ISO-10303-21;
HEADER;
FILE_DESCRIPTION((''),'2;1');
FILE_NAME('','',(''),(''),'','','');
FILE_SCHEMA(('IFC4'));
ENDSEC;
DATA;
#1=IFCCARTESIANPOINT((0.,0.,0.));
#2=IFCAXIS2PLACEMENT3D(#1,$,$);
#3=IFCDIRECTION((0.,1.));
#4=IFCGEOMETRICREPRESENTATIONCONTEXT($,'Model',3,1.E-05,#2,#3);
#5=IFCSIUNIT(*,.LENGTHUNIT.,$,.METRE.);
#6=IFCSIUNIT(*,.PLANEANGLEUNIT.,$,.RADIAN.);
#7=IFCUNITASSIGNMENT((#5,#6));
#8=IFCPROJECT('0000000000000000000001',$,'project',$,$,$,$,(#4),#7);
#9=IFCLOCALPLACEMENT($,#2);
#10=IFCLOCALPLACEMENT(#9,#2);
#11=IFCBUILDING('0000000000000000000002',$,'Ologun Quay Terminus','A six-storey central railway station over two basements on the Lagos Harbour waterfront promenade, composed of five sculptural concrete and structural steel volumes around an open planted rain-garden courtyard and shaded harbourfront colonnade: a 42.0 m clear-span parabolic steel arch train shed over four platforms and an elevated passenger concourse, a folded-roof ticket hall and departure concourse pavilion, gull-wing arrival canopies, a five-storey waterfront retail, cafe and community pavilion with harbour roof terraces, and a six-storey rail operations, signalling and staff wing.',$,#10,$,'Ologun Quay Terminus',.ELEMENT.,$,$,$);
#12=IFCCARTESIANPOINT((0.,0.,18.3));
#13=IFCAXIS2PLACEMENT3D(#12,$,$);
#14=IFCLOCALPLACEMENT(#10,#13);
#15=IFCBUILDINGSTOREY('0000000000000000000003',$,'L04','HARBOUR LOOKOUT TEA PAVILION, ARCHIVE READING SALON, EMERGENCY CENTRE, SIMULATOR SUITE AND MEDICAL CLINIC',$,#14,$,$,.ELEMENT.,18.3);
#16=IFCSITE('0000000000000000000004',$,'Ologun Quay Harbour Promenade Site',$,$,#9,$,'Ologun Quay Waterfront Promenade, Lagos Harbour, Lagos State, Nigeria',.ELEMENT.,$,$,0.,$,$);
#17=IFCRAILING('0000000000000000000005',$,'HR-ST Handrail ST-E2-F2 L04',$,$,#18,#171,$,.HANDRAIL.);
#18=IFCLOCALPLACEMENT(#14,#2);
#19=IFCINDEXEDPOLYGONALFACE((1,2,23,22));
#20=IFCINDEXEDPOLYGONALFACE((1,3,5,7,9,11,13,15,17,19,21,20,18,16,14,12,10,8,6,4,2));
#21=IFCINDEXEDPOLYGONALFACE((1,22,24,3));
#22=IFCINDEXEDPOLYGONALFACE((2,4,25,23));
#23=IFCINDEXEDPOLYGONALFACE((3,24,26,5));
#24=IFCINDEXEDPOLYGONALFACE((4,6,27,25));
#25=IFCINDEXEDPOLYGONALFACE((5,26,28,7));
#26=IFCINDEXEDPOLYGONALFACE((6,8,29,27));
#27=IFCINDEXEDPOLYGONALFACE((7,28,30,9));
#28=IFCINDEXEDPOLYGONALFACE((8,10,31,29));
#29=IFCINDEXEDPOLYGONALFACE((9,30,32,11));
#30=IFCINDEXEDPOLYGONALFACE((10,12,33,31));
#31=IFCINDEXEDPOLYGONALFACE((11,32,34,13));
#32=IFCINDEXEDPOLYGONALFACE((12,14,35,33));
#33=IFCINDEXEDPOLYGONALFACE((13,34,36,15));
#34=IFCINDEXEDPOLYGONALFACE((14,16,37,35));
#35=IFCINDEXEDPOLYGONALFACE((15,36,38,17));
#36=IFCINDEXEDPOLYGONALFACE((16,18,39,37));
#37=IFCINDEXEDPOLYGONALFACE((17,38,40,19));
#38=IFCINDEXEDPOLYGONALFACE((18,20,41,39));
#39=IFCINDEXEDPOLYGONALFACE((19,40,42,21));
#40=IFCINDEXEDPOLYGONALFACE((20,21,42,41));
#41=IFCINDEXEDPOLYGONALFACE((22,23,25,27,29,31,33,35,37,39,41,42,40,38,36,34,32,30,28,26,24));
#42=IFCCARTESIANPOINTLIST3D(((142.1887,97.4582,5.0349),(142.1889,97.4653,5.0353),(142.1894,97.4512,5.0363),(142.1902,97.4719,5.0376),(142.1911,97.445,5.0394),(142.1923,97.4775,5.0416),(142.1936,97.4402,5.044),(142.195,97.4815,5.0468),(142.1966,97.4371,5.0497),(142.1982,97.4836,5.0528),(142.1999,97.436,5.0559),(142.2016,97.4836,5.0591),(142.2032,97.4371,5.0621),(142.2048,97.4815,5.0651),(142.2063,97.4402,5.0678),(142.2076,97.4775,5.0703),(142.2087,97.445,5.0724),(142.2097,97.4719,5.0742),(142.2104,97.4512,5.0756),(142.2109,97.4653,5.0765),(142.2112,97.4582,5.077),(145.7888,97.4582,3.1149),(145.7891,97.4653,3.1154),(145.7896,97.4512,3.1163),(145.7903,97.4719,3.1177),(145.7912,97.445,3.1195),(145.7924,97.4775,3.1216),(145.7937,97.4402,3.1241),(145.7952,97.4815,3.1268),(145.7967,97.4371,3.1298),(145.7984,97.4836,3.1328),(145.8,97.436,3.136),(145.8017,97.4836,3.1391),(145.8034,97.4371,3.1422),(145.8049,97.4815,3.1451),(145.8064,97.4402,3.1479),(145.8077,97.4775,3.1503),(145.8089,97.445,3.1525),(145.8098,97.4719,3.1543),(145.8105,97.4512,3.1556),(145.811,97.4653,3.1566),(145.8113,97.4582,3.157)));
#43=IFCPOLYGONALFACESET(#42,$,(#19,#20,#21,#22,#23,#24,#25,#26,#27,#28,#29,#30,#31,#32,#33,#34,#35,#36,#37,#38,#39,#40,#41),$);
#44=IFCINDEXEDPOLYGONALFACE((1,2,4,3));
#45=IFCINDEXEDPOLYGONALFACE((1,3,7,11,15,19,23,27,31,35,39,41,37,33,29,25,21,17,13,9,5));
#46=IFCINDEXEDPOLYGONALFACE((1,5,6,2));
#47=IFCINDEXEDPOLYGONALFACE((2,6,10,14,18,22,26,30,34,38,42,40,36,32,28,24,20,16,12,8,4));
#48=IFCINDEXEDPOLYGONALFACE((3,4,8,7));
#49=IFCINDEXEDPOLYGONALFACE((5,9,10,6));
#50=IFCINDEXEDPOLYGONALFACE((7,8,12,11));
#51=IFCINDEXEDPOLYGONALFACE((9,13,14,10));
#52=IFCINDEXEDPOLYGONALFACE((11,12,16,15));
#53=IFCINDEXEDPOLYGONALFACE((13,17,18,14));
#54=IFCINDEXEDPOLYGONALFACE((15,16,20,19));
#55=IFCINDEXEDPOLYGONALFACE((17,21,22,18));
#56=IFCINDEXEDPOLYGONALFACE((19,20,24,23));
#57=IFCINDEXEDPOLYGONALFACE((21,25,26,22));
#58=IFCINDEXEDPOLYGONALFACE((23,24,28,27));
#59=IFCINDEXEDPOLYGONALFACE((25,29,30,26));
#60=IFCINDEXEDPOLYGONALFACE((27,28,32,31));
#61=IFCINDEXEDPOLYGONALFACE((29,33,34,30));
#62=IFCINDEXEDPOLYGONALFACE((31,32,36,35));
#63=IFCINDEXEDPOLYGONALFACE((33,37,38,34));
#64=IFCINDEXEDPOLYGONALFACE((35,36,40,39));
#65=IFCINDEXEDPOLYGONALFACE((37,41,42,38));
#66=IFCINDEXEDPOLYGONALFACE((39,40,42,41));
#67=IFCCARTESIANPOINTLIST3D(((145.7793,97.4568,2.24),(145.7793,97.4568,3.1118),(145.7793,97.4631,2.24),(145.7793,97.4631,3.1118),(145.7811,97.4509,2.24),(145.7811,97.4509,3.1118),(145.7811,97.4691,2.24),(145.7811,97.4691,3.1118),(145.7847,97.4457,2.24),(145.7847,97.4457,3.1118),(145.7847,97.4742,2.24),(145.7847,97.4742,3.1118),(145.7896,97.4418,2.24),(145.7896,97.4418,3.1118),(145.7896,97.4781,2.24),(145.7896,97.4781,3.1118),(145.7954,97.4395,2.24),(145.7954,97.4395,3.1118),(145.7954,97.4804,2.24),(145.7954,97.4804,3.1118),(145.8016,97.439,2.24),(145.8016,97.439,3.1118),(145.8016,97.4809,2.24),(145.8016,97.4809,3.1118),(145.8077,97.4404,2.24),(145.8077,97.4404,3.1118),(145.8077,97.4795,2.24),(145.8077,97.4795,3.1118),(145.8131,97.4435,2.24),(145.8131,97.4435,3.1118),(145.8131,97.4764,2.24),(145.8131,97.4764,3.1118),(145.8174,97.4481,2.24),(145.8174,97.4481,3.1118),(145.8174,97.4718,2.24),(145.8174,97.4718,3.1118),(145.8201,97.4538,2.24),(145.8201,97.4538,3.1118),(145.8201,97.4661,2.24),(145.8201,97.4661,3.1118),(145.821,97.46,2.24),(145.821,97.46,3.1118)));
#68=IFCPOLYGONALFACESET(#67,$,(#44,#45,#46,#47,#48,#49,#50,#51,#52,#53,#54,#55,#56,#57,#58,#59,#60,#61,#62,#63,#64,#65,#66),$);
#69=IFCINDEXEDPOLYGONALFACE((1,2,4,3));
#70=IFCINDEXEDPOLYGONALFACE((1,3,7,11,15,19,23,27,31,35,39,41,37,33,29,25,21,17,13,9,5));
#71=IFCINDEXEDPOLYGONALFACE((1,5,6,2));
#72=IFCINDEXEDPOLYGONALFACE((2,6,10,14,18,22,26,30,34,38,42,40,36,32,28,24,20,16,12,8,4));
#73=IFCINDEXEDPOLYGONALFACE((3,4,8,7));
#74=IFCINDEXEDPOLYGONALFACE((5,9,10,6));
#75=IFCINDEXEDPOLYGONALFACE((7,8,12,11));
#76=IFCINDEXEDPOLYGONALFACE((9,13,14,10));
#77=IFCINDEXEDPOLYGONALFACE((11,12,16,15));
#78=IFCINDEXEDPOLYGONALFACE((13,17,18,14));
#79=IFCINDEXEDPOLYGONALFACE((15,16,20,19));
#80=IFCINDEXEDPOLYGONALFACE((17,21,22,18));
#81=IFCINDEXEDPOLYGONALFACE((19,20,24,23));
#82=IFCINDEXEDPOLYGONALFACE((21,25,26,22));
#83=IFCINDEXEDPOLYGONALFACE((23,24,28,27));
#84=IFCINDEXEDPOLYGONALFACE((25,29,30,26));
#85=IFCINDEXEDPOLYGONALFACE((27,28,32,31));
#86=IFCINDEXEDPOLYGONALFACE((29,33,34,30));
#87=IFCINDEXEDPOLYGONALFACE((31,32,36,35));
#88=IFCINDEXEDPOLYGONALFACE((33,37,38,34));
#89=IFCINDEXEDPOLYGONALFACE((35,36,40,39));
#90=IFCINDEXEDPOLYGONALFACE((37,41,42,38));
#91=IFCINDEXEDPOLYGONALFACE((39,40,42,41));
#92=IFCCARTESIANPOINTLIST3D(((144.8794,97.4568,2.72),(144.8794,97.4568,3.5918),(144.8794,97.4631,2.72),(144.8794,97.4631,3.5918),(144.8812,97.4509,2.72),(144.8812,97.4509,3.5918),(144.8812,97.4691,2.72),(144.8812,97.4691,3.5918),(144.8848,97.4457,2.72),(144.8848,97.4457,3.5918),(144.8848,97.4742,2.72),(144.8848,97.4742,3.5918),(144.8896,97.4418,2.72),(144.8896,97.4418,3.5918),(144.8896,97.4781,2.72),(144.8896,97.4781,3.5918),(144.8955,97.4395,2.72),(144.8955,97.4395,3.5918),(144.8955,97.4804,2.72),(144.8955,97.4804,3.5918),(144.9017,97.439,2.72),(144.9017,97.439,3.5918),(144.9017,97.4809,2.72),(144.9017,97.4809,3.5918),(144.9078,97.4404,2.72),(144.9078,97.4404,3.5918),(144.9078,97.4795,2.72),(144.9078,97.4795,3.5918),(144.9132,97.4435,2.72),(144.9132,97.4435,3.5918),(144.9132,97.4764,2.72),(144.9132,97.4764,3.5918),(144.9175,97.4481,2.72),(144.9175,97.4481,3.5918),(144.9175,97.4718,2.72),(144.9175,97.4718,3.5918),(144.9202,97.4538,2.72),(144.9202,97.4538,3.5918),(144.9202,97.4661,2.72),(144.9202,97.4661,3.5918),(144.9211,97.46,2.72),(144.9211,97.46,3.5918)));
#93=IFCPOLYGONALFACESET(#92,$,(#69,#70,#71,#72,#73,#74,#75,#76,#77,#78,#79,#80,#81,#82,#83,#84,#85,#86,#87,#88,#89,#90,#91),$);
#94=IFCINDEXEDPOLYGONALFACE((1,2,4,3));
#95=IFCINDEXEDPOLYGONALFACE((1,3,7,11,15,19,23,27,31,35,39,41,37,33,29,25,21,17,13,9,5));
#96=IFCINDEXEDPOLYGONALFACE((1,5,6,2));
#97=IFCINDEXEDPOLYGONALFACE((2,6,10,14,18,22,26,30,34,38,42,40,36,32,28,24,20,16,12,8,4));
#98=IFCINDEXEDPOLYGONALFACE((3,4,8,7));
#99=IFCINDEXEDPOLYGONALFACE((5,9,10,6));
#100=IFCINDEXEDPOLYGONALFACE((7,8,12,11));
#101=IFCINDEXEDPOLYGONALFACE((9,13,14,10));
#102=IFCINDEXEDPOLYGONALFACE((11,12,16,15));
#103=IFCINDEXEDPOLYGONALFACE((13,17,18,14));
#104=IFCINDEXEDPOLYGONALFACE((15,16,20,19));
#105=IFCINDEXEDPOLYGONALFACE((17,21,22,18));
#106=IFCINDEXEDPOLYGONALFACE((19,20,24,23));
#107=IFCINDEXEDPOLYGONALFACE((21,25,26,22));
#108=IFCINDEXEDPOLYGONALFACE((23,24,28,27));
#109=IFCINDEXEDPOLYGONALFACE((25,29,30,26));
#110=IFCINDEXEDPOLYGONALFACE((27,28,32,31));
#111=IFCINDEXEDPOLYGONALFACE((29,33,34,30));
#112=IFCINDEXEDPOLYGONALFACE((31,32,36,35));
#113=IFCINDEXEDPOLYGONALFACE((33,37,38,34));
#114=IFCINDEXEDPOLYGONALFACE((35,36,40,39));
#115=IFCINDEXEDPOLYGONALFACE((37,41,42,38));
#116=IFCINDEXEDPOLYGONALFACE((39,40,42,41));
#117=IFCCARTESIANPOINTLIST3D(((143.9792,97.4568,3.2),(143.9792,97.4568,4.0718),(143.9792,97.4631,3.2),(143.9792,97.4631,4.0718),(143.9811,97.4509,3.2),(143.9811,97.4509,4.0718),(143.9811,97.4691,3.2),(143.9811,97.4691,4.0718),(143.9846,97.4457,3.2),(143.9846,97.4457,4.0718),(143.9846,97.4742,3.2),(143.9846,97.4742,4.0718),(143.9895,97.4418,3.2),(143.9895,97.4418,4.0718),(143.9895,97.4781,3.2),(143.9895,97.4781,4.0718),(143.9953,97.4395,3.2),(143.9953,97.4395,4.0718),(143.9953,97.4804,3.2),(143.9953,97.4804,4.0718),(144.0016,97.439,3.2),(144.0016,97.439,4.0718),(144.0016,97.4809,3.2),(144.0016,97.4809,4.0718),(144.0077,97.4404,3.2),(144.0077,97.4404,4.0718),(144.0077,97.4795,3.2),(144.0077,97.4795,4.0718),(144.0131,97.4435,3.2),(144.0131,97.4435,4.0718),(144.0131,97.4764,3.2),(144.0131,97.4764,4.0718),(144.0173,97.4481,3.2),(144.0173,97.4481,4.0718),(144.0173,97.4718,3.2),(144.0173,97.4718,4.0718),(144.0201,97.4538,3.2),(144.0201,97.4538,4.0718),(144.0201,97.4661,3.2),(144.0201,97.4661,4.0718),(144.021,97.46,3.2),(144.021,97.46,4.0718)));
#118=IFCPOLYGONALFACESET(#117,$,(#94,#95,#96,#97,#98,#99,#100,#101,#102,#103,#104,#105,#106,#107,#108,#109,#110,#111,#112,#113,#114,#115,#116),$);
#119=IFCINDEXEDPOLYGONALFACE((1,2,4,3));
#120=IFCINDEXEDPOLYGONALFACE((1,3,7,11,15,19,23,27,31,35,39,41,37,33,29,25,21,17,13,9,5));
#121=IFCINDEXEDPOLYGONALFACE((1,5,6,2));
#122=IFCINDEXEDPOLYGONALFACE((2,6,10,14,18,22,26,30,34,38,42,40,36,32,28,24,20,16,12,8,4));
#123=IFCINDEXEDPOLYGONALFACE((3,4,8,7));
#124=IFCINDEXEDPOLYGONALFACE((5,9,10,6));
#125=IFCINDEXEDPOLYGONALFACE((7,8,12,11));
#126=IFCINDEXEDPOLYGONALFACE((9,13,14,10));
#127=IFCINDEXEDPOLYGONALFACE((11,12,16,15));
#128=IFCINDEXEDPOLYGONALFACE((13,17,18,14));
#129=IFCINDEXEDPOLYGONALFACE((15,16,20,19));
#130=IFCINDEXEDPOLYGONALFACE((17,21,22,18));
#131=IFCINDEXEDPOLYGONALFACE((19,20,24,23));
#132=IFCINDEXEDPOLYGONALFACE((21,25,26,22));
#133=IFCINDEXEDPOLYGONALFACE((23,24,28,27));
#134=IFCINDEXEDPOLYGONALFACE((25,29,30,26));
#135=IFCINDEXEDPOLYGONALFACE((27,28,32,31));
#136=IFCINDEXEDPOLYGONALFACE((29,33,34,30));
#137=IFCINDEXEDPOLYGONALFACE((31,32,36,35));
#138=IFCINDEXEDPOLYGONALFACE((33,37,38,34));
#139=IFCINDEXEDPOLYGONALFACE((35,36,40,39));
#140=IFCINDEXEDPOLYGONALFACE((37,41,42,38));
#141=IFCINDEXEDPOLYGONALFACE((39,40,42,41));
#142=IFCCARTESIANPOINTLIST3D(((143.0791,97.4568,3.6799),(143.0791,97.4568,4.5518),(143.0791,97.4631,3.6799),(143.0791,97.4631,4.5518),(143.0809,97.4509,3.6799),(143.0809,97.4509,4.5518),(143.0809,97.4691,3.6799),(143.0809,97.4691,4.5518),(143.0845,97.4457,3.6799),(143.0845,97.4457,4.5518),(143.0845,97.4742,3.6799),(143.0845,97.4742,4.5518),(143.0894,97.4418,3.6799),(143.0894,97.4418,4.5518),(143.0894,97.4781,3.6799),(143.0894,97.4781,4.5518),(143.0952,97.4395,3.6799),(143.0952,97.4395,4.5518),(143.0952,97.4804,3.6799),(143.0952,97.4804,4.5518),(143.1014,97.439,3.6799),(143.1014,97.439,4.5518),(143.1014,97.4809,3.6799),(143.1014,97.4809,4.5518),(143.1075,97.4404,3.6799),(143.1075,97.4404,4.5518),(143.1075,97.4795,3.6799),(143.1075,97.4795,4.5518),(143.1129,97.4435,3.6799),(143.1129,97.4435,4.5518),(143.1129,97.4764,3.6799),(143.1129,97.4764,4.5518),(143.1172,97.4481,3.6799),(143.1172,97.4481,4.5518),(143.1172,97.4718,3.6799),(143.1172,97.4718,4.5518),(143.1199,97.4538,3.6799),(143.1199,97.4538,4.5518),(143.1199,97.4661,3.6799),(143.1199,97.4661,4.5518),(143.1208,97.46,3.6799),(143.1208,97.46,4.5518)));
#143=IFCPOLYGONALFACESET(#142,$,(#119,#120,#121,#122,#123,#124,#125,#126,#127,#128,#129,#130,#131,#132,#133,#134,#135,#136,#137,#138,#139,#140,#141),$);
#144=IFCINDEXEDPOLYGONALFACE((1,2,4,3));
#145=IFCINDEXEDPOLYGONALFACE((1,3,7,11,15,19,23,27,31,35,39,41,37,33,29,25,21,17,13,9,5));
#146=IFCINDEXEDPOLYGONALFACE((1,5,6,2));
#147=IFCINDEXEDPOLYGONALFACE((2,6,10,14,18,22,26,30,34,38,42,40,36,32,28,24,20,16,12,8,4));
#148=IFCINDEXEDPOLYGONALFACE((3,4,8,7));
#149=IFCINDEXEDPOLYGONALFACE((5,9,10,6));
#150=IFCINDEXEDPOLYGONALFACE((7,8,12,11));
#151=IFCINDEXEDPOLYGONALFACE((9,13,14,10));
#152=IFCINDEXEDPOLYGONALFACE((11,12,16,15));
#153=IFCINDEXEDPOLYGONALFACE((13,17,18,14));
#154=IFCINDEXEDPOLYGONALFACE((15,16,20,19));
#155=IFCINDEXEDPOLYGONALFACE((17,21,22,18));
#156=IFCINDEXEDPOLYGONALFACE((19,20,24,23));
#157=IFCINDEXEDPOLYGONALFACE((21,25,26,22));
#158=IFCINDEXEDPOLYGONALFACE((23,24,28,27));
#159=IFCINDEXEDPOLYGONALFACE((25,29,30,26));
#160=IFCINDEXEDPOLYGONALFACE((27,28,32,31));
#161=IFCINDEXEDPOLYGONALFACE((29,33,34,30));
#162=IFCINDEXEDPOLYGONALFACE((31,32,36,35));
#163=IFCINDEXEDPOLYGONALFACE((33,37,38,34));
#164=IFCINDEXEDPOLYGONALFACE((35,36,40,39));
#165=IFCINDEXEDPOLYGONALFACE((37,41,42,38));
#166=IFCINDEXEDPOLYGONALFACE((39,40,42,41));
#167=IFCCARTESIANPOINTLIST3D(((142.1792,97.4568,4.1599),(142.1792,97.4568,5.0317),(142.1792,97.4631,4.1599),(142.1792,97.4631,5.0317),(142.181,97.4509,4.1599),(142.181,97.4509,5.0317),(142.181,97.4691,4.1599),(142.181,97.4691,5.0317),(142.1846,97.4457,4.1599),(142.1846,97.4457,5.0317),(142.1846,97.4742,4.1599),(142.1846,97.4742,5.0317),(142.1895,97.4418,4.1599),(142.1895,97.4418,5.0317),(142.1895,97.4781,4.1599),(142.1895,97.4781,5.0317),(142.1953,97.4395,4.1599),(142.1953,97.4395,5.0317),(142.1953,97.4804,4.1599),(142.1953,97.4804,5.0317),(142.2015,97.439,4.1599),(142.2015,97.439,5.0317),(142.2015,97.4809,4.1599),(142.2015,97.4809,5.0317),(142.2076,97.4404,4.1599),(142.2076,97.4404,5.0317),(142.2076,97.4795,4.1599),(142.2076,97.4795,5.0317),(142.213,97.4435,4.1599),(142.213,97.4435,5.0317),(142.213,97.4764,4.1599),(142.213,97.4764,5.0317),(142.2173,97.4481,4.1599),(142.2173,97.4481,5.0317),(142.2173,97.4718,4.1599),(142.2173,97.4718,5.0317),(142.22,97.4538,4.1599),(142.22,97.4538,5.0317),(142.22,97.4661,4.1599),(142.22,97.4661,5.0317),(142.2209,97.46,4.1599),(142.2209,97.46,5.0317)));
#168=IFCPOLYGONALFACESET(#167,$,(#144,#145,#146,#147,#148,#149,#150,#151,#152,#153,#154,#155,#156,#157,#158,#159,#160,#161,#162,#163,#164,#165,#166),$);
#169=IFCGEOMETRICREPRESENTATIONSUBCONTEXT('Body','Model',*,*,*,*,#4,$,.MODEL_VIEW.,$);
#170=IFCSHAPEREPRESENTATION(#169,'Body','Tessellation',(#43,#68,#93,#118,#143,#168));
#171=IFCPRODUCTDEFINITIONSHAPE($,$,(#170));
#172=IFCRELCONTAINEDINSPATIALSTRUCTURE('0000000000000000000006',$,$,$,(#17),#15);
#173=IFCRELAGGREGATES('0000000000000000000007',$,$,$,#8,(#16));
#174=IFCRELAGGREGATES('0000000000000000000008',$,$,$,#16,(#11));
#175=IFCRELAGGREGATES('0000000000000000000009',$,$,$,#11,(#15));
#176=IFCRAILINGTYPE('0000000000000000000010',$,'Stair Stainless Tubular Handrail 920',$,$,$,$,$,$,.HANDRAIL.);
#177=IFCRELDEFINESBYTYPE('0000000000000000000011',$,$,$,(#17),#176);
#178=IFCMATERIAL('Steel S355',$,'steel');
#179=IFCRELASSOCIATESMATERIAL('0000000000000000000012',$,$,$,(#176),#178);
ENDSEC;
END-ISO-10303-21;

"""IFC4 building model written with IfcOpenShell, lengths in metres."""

from ifc_helpers import new_model, si_unit, direction, frame, origin, origin_2d, place, context, subcontext, project, spatial, circle, extrude, material, type_object, element, save


model = new_model("IFC4")

# Units and contexts
model_context = context("Model", 3, precision=1e-05, world=origin(), true_north=direction((0.0, 1.0)))
body_context = subcontext(model_context, "Body", "Model", "MODEL_VIEW")
ifc_project = project(units=[si_unit("LENGTHUNIT", "METRE"), si_unit("PLANEANGLEUNIT", "RADIAN")], contexts=[model_context])

# Site, building, storey
site_placement = place(None, origin())
site = spatial("IfcSite", under=ifc_project, at=site_placement, Name="Ologun Quay Harbour Promenade Site", LongName="Ologun Quay Waterfront Promenade, Lagos Harbour, Lagos State, Nigeria", CompositionType="ELEMENT", RefElevation=0.0)
building_placement = place(site_placement, origin())
building = spatial("IfcBuilding", under=site, at=building_placement, Name="Ologun Quay Terminus", Description="A six-storey central railway station over two basements on the Lagos Harbour waterfront promenade, composed of five sculptural concrete and structural steel volumes around an open planted rain-garden courtyard and shaded harbourfront colonnade: a 42.0 m clear-span parabolic steel arch train shed over four platforms and an elevated passenger concourse, a folded-roof ticket hall and departure concourse pavilion, gull-wing arrival canopies, a five-storey waterfront retail, cafe and community pavilion with harbour roof terraces, and a six-storey rail operations, signalling and staff wing.", LongName="Ologun Quay Terminus", CompositionType="ELEMENT")
storey_placement = place(building_placement, frame((0.0, 0.0, 18.3)))
storey = spatial("IfcBuildingStorey", under=building, at=storey_placement, Name="L04", Description="HARBOUR LOOKOUT TEA PAVILION, ARCHIVE READING SALON, EMERGENCY CENTRE, SIMULATOR SUITE AND MEDICAL CLINIC", CompositionType="ELEMENT", Elevation=18.3)

# Railing
ifc_material_1 = material(Name="Steel S355", Category="steel")
railing_type = type_object("IfcRailingType", Name="Stair Stainless Tubular Handrail 920", PredefinedType="HANDRAIL", material=ifc_material_1)
railing_placement = place(storey_placement, frame((145.8, 97.46, 2.24)))
element("IfcRailing", 1, at=railing_placement, inside=storey, type_object=railing_type, Name="HR-ST Handrail ST-E2-F2 L04", PredefinedType="HANDRAIL", context=body_context, shape_type="SweptSolid", body=[
    extrude(circle(Radius=0.0239, at=origin_2d()), frame((0.0, 0.0, 0.896), z_axis=(-0.882366, 0.0, 0.470563), x_axis=(0.0, -1.0, 0.0)), (0.0, 0.0, 1.0), 4.0801),
    extrude(circle(Radius=0.021, at=origin_2d()), origin(), (0.0, 0.0, 1.0), 0.8718),
    extrude(circle(Radius=0.021, at=origin_2d()), frame((-0.8999, 0.0, 0.48)), (0.0, 0.0, 1.0), 0.8718),
    extrude(circle(Radius=0.021, at=origin_2d()), frame((-1.8, 0.0, 0.96)), (0.0, 0.0, 1.0), 0.8718),
    extrude(circle(Radius=0.021, at=origin_2d()), frame((-2.7002, 0.0, 1.4399)), (0.0, 0.0, 1.0), 0.8718),
    extrude(circle(Radius=0.021, at=origin_2d()), frame((-3.6001, 0.0, 1.9199)), (0.0, 0.0, 1.0), 0.8718),
])

save(model, "model.ifc")
